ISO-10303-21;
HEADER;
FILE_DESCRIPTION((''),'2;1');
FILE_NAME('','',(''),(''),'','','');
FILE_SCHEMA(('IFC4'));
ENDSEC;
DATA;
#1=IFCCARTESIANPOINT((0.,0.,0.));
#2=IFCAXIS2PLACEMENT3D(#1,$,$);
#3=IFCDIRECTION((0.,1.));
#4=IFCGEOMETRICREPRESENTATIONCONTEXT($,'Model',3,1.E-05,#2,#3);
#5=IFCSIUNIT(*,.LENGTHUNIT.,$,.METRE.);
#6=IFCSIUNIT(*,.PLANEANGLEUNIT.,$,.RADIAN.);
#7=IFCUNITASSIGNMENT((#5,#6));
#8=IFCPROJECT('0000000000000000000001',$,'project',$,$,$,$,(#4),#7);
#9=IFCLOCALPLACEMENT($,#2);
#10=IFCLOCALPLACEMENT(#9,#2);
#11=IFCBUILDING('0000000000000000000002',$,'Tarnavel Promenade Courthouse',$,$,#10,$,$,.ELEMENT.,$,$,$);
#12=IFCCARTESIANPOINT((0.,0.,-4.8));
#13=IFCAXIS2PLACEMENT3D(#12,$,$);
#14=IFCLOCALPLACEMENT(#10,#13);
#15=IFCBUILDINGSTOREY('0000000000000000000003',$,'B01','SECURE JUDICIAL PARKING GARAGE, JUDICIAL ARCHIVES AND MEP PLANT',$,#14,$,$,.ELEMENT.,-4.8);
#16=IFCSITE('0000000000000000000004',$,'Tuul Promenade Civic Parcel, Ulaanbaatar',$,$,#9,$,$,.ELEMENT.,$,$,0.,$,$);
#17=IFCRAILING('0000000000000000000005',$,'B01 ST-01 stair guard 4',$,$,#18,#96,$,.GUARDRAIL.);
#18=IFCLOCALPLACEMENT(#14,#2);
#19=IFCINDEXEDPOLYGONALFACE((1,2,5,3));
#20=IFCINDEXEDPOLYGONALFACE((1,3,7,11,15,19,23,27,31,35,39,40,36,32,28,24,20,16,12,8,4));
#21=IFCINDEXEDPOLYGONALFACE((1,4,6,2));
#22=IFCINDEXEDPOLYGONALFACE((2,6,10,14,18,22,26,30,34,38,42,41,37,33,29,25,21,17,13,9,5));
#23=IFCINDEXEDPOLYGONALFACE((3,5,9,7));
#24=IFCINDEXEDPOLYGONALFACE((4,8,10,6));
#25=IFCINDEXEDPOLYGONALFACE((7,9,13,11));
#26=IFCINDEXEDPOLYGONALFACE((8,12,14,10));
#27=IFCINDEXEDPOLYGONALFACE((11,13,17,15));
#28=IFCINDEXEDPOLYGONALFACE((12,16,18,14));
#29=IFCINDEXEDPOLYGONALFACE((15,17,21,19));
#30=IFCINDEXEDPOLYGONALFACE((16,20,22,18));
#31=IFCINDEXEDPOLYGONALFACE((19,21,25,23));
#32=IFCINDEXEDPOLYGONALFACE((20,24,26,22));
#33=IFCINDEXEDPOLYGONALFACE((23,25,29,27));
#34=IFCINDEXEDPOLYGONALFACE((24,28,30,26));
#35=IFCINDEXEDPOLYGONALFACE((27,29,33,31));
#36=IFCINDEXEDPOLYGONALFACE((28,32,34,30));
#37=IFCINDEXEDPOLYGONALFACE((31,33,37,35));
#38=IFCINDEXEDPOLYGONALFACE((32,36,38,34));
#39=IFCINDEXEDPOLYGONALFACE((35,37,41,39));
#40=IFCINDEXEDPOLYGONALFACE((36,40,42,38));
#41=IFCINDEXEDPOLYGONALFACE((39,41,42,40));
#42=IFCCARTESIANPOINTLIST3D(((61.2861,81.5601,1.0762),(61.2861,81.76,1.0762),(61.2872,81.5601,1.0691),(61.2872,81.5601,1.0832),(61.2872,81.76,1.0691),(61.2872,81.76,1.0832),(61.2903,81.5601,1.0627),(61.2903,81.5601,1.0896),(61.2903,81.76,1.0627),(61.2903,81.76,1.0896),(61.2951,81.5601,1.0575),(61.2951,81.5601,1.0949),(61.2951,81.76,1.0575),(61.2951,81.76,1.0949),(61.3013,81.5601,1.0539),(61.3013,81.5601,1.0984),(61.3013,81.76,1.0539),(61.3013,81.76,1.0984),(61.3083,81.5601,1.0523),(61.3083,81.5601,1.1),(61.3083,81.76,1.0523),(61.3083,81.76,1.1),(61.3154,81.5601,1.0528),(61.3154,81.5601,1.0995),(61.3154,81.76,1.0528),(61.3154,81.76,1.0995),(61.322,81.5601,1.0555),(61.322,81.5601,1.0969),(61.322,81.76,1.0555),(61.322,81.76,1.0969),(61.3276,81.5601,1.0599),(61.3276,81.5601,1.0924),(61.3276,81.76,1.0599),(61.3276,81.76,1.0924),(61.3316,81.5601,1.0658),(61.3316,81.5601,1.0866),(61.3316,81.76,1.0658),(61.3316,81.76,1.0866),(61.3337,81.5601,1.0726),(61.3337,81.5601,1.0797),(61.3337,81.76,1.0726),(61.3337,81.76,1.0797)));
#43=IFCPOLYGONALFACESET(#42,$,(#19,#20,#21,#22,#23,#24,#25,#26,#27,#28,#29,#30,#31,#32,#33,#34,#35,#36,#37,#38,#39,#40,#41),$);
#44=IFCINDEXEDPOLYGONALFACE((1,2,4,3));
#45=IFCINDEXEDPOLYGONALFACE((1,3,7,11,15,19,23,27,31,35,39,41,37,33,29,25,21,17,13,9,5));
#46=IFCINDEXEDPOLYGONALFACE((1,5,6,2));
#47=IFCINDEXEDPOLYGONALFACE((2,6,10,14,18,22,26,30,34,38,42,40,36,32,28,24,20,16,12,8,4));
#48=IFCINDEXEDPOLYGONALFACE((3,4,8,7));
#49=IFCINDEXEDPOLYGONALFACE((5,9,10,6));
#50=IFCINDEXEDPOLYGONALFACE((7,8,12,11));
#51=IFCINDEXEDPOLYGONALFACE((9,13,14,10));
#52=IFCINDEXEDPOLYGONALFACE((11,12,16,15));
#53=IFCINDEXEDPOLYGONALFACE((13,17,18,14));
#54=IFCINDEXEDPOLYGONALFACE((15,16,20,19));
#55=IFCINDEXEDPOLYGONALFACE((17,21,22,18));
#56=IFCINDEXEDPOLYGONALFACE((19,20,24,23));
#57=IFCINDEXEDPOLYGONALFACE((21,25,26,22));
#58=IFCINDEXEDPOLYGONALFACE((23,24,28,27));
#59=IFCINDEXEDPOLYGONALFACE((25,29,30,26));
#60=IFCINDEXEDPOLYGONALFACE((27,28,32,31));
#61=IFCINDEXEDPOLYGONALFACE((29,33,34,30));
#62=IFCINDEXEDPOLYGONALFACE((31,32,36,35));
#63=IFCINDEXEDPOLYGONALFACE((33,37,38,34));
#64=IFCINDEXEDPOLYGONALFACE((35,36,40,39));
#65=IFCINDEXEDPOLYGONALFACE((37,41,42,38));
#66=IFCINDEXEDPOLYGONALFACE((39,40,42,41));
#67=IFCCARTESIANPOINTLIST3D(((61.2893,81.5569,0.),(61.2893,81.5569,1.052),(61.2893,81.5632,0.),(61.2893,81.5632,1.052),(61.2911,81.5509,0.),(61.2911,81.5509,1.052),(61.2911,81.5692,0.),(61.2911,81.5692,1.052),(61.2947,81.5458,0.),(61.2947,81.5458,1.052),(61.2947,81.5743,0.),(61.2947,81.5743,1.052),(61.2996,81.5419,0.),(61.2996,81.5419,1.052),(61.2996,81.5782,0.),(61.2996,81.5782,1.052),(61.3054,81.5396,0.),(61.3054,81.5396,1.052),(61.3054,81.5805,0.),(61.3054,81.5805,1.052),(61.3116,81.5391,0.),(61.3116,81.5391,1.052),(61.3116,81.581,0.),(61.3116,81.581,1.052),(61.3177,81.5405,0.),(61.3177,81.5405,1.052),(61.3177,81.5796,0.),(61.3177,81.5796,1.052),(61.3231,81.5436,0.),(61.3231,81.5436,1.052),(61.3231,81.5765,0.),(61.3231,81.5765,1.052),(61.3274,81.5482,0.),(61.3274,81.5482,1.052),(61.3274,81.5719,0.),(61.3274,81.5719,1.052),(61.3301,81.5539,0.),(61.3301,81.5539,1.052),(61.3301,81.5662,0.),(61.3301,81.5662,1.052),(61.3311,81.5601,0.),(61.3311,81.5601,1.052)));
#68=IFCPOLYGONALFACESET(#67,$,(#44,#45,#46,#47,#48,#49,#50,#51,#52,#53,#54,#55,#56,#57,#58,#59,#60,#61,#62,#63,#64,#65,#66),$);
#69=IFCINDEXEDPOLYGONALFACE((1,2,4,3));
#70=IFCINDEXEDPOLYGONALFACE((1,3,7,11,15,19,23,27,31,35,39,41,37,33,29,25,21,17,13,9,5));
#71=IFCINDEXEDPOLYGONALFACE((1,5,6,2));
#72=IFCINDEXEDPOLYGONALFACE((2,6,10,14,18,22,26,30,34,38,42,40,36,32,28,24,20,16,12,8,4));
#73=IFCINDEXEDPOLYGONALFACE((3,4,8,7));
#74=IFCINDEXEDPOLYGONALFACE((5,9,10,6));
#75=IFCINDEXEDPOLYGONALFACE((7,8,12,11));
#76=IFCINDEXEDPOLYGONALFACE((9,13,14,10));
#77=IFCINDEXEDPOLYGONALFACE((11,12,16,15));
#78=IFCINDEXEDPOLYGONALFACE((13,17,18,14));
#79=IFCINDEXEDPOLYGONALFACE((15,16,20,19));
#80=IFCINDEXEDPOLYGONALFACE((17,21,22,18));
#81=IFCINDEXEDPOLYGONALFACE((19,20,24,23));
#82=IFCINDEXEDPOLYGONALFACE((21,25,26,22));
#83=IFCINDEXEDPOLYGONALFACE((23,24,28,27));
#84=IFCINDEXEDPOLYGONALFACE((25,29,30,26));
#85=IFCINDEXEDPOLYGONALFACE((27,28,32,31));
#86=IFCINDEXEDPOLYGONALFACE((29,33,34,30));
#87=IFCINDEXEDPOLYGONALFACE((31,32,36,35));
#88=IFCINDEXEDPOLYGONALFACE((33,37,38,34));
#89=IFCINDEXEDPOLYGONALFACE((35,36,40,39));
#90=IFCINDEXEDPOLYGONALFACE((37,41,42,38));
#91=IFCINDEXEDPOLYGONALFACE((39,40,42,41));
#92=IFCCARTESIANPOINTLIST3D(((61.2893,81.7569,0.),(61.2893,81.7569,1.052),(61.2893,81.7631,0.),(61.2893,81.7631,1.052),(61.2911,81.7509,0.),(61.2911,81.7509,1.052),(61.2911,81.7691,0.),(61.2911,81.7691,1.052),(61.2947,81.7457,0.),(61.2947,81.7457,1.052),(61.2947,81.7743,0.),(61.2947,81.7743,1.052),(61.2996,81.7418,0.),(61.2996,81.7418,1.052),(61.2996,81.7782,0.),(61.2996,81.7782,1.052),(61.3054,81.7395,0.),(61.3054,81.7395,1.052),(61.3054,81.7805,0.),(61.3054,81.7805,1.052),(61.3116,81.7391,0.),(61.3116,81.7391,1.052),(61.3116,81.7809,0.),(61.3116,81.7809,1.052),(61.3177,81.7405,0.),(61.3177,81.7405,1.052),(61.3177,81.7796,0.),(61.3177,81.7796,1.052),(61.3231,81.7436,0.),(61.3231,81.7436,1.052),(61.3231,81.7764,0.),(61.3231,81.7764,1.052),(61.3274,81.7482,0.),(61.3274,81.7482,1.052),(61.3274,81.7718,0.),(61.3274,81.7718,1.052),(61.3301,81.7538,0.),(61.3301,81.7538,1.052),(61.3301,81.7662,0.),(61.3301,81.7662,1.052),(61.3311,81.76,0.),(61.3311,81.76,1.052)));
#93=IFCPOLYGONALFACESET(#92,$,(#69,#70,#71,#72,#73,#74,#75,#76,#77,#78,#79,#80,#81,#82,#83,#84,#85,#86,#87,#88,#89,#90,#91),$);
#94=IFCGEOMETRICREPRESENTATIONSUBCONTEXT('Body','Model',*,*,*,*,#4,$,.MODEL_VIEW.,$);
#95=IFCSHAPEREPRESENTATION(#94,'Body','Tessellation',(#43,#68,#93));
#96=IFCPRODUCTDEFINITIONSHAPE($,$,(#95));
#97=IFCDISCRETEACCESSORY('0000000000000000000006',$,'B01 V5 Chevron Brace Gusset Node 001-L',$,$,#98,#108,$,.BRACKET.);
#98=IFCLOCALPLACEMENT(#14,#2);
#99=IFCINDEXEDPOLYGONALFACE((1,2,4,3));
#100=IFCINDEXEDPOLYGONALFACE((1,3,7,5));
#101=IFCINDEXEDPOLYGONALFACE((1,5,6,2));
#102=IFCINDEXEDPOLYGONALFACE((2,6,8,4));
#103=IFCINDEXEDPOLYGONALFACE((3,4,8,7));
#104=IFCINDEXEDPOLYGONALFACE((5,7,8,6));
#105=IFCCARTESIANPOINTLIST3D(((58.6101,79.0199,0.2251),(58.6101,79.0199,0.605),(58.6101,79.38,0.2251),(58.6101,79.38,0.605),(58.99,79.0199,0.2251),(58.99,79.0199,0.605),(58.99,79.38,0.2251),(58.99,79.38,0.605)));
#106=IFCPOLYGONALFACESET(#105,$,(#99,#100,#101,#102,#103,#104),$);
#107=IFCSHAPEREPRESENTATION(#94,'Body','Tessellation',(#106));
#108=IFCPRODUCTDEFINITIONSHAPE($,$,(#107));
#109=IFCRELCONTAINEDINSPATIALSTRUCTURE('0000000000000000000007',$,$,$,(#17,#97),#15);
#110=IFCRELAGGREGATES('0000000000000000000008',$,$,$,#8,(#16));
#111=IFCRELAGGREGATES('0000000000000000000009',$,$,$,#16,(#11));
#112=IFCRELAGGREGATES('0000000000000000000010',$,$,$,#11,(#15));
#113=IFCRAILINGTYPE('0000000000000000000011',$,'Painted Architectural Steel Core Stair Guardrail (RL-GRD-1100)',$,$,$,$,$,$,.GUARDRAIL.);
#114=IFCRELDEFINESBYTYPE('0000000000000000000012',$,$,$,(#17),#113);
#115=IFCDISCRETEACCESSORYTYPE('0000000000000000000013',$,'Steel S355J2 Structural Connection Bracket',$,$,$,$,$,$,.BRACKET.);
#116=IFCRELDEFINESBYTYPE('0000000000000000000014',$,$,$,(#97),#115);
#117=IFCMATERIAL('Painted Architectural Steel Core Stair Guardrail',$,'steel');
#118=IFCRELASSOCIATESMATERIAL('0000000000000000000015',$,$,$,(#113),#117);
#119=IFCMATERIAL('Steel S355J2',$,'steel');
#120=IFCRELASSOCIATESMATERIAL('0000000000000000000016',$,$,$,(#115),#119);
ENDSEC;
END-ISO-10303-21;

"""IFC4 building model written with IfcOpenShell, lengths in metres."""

from ifc_helpers import new_model, si_unit, direction, frame, origin, origin_2d, place, context, subcontext, project, spatial, rectangle, circle, extrude, material, type_object, element, save


model = new_model("IFC4")

# Units and contexts
model_context = context("Model", 3, precision=1e-05, world=origin(), true_north=direction((0.0, 1.0)))
body_context = subcontext(model_context, "Body", "Model", "MODEL_VIEW")
ifc_project = project(units=[si_unit("LENGTHUNIT", "METRE"), si_unit("PLANEANGLEUNIT", "RADIAN")], contexts=[model_context])

# Site, building, storey
site_placement = place(None, origin())
site = spatial("IfcSite", under=ifc_project, at=site_placement, Name="Tuul Promenade Civic Parcel, Ulaanbaatar", CompositionType="ELEMENT", RefElevation=0.0)
building_placement = place(site_placement, origin())
building = spatial("IfcBuilding", under=site, at=building_placement, Name="Tarnavel Promenade Courthouse", CompositionType="ELEMENT")
storey_placement = place(building_placement, frame((0.0, 0.0, -4.8)))
storey = spatial("IfcBuildingStorey", under=building, at=storey_placement, Name="B01", Description="SECURE JUDICIAL PARKING GARAGE, JUDICIAL ARCHIVES AND MEP PLANT", CompositionType="ELEMENT", Elevation=-4.8)

# Shared definitions
ifc_material_1 = material(Name="Steel S355J2", Category="steel")

# Railing
ifc_material_2 = material(Name="Painted Architectural Steel Core Stair Guardrail", Category="steel")
railing_type_1 = type_object("IfcRailingType", Name="Painted Architectural Steel Core Stair Guardrail (RL-GRD-1100)", PredefinedType="GUARDRAIL", material=ifc_material_2)
railing_1_placement = place(storey_placement, frame((61.3101, 81.5601, 0.0)))
element("IfcRailing", 1, at=railing_1_placement, inside=storey, type_object=railing_type_1, Name="B01 ST-01 stair guard 4", PredefinedType="GUARDRAIL", context=body_context, shape_type="SweptSolid", body=[
    extrude(circle(Radius=0.0239, at=origin_2d()), frame((0.0, 0.0, 1.0762), z_axis=(0.0, 1.0, 0.0), x_axis=(-1.0, 0.0, 0.0)), (0.0, 0.0, 1.0), 0.2),
    extrude(circle(Radius=0.021, at=origin_2d()), origin(), (0.0, 0.0, 1.0), 1.052),
    extrude(circle(Radius=0.021, at=origin_2d()), frame((0.0, 0.2, 0.0)), (0.0, 0.0, 1.0), 1.052),
])

# Discrete accessory
discrete_accessory_type = type_object("IfcDiscreteAccessoryType", Name="Steel S355J2 Structural Connection Bracket", PredefinedType="BRACKET", material=ifc_material_1)
discrete_accessory_placement = place(storey_placement, frame((58.8, 79.2, 0.2251), z_axis=(0.0, 0.0, 1.0), x_axis=(1.0, 0.0, 0.0)))
element("IfcDiscreteAccessory", 2, at=discrete_accessory_placement, inside=storey, type_object=discrete_accessory_type, Name="B01 V5 Chevron Brace Gusset Node 001-L", PredefinedType="BRACKET", context=body_context, shape_type="SweptSolid", body=[
    extrude(rectangle(XDim=0.3799, YDim=0.3601, at=origin_2d()), origin(), (0.0, 0.0, 1.0), 0.3799),
])

save(model, "model.ifc")
